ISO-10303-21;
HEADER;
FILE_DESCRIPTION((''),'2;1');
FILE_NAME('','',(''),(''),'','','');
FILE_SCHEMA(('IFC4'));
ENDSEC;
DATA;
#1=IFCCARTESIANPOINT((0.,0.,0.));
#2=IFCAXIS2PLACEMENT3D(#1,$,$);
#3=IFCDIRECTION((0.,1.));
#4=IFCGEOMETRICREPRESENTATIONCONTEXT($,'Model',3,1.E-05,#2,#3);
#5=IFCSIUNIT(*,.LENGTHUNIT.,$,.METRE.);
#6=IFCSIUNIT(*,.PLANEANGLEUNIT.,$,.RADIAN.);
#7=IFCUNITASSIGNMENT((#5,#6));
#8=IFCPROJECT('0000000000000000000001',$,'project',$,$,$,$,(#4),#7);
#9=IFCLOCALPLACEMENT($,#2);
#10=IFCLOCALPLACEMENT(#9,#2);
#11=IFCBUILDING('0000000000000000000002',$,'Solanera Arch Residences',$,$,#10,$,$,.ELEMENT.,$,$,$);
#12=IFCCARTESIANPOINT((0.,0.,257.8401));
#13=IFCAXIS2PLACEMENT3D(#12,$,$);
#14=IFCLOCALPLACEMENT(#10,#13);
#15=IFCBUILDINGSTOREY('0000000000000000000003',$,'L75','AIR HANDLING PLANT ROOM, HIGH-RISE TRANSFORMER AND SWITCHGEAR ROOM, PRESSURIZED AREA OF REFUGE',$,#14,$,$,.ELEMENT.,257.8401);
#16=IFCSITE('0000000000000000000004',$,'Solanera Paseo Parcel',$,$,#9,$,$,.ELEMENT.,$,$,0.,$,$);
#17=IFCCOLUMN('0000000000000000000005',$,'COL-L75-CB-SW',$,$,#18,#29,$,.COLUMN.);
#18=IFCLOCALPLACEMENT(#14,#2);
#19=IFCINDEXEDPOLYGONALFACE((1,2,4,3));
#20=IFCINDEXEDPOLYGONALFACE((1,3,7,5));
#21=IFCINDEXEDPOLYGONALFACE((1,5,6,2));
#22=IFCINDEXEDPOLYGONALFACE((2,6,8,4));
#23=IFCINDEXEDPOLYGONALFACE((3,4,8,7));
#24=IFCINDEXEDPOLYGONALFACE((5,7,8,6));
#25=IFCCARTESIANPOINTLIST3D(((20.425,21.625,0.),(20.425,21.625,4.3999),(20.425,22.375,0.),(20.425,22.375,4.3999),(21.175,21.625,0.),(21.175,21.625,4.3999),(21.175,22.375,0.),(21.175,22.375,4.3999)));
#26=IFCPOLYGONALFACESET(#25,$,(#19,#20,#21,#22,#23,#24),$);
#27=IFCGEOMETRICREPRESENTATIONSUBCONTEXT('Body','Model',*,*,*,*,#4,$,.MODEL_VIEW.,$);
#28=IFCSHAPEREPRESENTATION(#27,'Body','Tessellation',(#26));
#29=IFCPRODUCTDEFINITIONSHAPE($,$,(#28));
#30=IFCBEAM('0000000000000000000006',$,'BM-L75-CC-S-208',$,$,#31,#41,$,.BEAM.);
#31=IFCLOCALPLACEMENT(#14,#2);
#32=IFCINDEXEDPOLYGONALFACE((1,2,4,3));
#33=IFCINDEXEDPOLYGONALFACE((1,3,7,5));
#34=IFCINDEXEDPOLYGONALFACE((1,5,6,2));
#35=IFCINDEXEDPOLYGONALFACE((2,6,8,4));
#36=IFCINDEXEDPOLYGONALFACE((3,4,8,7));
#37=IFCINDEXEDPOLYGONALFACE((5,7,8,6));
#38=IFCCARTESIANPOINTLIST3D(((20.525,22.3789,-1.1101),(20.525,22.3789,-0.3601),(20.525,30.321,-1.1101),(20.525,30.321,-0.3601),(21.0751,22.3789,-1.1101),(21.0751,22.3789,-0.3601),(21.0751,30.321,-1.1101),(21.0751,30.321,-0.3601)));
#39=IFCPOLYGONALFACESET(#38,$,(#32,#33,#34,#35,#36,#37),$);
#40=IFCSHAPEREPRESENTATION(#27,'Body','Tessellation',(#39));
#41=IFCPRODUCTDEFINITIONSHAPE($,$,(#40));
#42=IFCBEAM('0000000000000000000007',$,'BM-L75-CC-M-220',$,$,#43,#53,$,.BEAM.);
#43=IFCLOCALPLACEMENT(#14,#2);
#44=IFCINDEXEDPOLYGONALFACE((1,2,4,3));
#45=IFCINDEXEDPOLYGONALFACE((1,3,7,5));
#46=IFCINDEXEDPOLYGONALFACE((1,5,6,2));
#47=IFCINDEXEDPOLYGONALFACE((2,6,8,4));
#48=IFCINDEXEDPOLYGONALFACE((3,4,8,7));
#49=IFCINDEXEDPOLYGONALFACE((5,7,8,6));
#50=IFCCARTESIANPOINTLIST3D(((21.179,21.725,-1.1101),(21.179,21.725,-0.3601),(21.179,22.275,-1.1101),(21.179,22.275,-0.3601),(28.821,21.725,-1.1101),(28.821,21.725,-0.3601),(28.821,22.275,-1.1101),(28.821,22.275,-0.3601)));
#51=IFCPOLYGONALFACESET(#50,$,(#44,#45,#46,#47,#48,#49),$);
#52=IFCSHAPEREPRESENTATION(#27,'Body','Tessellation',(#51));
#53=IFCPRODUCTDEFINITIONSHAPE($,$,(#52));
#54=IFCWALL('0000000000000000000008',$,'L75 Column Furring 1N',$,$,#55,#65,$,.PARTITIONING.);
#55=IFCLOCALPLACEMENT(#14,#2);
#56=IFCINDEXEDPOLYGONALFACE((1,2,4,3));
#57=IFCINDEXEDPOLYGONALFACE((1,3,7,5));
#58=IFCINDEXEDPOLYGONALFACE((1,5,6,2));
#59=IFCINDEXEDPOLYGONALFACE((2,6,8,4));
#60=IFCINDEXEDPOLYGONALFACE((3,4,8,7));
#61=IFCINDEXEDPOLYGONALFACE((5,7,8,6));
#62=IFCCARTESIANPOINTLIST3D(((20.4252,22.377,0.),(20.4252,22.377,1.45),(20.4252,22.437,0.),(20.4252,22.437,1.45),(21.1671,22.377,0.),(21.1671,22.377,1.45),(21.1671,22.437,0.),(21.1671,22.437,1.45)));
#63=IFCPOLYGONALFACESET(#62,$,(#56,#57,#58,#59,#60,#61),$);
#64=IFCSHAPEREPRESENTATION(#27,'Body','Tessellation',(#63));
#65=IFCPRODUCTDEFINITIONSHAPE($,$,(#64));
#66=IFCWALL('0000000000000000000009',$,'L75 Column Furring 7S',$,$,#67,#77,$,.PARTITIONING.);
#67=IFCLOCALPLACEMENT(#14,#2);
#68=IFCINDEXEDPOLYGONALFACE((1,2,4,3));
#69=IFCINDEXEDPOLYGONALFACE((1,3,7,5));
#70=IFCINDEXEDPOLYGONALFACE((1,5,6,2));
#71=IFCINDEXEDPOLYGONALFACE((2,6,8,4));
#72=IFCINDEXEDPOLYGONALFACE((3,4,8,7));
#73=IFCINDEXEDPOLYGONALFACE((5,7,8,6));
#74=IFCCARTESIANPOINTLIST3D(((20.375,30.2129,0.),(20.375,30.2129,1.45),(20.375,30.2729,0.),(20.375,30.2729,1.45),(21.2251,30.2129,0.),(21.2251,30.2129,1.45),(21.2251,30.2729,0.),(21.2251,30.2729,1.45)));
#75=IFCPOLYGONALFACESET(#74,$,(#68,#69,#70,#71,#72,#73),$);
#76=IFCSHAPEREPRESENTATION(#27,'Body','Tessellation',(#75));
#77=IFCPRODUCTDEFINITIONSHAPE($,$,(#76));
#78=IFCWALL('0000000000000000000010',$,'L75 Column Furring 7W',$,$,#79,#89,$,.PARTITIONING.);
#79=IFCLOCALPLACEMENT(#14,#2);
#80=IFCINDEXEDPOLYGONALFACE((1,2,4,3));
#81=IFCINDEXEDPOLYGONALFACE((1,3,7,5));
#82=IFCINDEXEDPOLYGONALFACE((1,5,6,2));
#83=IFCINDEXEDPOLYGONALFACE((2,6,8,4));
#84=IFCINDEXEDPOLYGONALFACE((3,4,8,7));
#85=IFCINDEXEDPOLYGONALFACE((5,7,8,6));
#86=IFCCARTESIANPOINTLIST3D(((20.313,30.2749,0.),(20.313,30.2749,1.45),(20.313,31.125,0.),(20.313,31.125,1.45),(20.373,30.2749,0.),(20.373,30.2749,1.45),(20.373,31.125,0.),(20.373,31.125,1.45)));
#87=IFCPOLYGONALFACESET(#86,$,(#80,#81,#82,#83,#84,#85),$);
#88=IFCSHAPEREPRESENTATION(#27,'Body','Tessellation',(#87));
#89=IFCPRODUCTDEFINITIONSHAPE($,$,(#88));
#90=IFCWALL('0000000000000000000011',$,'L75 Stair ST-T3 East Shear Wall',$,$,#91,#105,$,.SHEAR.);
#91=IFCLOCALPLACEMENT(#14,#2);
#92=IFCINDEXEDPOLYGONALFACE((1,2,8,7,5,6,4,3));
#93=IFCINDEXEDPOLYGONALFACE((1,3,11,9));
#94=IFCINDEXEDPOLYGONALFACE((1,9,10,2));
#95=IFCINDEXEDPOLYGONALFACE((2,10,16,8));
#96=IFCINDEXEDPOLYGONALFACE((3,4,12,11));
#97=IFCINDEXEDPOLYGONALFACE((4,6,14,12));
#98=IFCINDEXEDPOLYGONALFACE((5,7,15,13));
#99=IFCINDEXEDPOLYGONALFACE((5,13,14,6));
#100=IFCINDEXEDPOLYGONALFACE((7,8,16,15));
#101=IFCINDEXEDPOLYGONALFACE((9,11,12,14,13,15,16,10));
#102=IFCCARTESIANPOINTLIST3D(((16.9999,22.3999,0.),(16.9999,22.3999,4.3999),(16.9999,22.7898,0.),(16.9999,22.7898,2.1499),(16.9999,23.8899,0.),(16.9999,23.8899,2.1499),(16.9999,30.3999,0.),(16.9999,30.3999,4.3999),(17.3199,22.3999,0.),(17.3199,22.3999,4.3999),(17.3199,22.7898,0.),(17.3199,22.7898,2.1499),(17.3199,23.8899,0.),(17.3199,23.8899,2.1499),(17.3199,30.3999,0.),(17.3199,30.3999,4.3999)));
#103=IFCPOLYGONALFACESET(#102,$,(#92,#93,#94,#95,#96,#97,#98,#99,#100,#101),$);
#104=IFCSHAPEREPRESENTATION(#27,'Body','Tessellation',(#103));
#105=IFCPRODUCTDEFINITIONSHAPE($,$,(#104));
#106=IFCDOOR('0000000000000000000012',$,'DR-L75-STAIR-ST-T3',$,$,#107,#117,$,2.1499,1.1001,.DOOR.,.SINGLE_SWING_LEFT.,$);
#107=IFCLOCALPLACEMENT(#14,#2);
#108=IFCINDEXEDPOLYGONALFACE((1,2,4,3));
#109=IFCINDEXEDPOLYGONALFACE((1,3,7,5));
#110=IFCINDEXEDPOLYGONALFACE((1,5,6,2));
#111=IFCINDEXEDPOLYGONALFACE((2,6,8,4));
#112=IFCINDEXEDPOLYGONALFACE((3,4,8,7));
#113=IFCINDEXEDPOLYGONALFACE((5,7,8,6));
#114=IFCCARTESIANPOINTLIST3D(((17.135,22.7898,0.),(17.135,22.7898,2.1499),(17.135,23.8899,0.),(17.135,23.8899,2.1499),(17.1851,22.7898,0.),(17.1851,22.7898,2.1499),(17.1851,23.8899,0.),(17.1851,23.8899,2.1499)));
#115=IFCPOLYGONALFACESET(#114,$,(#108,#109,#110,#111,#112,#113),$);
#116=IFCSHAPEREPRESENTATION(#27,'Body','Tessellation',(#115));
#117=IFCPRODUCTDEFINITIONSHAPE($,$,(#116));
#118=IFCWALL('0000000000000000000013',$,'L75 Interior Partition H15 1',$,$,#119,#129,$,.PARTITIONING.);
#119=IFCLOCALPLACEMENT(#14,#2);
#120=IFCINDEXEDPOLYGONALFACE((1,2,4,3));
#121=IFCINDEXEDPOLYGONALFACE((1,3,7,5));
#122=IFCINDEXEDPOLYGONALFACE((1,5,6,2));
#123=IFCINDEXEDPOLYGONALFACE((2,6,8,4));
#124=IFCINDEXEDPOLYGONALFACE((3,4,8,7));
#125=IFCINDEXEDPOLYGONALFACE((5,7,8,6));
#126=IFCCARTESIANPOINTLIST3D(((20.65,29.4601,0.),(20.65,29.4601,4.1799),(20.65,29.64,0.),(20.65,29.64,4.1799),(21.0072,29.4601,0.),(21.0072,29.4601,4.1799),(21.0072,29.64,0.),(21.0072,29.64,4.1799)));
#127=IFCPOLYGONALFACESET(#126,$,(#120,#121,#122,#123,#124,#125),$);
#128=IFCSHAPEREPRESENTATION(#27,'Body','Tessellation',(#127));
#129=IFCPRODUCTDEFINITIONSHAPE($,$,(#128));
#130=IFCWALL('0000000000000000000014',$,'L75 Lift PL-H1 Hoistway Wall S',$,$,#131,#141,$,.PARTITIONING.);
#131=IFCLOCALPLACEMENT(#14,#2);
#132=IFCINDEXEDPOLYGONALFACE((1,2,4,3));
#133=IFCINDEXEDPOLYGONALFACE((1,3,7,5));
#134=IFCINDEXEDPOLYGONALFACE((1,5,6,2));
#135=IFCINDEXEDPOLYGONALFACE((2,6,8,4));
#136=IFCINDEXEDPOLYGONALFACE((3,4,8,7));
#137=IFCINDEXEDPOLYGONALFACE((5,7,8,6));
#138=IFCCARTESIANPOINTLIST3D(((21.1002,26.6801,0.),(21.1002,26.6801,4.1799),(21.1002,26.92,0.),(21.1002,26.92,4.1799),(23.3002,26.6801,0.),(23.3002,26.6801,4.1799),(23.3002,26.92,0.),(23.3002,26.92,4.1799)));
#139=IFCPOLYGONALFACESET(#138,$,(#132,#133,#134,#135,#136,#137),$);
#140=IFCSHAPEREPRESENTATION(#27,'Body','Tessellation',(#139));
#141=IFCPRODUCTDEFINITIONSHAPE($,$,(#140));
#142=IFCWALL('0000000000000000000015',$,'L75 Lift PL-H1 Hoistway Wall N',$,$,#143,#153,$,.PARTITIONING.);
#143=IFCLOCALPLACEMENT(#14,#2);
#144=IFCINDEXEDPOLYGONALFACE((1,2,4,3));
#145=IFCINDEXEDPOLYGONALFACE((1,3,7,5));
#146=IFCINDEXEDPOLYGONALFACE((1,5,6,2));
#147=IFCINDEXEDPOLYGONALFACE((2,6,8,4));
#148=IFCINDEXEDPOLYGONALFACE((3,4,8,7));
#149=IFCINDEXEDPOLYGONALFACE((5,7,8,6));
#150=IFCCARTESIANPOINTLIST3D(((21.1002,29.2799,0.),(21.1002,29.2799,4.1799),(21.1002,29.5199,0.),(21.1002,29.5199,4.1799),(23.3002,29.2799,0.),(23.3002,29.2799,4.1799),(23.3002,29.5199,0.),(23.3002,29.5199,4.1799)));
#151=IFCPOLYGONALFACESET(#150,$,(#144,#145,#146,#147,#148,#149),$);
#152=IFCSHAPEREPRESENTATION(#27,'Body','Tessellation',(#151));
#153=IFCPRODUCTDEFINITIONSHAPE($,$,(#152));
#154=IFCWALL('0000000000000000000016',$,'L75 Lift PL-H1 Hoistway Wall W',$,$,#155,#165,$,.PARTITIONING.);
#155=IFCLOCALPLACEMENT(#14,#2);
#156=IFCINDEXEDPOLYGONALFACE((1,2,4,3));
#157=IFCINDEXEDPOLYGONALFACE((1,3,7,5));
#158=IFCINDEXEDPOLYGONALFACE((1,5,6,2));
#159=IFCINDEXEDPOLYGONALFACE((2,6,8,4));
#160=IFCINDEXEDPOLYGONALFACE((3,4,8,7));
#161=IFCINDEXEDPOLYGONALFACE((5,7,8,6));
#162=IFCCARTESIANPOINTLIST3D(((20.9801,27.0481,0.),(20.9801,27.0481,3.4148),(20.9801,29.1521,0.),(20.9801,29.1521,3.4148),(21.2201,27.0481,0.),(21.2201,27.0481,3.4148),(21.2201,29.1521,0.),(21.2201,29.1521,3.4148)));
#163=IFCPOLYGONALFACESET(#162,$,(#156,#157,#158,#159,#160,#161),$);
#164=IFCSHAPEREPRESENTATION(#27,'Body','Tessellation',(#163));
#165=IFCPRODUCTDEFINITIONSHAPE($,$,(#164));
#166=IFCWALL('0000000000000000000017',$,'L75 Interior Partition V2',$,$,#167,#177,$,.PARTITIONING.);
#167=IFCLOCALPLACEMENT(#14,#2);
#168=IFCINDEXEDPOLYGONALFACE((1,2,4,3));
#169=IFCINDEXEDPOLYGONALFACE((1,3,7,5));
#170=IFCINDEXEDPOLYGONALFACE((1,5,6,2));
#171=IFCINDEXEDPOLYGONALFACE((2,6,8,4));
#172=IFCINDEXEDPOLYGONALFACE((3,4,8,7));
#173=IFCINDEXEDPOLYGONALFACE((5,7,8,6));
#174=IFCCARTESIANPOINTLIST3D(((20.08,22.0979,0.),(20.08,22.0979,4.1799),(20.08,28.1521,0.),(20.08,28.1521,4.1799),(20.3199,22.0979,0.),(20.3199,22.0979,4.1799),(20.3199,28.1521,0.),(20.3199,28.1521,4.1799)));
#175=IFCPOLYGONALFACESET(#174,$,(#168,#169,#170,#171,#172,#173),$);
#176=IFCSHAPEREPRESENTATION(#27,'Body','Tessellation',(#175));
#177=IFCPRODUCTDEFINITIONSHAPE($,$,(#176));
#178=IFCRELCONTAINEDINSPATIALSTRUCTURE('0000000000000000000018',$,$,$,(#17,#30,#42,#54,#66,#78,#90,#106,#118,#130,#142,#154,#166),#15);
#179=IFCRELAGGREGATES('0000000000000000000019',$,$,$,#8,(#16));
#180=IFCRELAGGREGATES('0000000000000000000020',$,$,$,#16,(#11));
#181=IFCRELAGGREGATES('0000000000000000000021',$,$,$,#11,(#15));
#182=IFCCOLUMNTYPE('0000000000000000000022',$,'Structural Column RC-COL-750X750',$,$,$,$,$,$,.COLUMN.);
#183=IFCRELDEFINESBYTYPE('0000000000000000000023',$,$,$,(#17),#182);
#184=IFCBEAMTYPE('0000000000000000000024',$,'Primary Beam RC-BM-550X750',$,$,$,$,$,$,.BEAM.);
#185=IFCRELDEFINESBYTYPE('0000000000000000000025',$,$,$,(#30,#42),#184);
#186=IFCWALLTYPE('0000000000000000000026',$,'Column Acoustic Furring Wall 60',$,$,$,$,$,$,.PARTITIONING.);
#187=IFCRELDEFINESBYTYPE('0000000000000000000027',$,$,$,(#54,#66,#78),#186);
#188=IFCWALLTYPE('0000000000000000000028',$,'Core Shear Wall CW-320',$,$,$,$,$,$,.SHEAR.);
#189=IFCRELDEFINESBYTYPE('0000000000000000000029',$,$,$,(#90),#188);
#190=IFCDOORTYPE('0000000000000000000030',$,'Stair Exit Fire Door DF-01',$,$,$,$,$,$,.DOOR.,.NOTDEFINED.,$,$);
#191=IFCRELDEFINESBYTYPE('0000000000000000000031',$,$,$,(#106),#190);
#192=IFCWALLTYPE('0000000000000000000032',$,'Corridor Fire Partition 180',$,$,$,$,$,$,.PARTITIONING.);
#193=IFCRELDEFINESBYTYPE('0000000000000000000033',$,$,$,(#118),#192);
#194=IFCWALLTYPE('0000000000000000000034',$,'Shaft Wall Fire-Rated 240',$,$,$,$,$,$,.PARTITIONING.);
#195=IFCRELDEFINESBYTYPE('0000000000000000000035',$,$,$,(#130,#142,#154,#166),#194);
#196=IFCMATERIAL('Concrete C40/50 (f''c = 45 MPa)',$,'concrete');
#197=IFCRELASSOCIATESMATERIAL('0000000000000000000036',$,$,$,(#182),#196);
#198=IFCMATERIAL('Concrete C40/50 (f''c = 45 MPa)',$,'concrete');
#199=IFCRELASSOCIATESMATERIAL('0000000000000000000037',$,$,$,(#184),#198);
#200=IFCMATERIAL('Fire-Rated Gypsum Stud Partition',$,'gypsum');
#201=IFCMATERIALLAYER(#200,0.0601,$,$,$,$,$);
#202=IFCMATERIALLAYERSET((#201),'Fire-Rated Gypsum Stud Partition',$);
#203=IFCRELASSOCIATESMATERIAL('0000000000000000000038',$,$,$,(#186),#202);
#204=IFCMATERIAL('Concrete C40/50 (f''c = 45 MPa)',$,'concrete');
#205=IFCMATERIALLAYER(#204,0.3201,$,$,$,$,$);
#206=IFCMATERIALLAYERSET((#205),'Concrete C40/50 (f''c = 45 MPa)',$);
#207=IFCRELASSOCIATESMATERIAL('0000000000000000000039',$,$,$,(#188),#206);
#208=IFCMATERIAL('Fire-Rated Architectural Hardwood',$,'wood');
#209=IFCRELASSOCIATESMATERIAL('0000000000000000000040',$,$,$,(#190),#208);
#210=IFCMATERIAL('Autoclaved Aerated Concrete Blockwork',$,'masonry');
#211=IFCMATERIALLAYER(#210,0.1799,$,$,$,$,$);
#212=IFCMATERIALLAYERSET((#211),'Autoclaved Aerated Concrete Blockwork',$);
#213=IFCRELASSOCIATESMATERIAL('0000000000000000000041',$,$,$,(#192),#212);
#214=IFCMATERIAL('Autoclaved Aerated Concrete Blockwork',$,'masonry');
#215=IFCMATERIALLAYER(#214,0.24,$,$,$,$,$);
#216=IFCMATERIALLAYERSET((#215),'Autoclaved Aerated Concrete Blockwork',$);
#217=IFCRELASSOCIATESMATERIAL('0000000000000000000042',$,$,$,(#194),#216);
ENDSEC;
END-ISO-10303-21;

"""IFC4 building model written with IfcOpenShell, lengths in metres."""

from ifc_helpers import new_model, si_unit, direction, frame, frame_2d, origin, origin_2d, place, context, subcontext, project, spatial, rectangle, extrude, material, layer, layer_set, material_profile, profile_set, type_object, element, fill, save


model = new_model("IFC4")

# Units and contexts
model_context = context("Model", 3, precision=1e-05, world=origin(), true_north=direction((0.0, 1.0)))
body_context = subcontext(model_context, "Body", "Model", "MODEL_VIEW")
ifc_project = project(units=[si_unit("LENGTHUNIT", "METRE"), si_unit("PLANEANGLEUNIT", "RADIAN")], contexts=[model_context])

# Site, building, storey
site_placement = place(None, origin())
site = spatial("IfcSite", under=ifc_project, at=site_placement, Name="Solanera Paseo Parcel", CompositionType="ELEMENT", RefElevation=0.0)
building_placement = place(site_placement, origin())
building = spatial("IfcBuilding", under=site, at=building_placement, Name="Solanera Arch Residences", CompositionType="ELEMENT")
storey_placement = place(building_placement, frame((0.0, 0.0, 257.8401)))
storey = spatial("IfcBuildingStorey", under=building, at=storey_placement, Name="L75", Description="AIR HANDLING PLANT ROOM, HIGH-RISE TRANSFORMER AND SWITCHGEAR ROOM, PRESSURIZED AREA OF REFUGE", CompositionType="ELEMENT", Elevation=257.8401)

# Column
ifc_material_1 = material(Name="Concrete C40/50 (f'c = 45 MPa)", Category="concrete")
ifc_material_profile_1 = material_profile(ifc_material_1, rectangle(XDim=0.75, YDim=0.75, at=origin_2d()))
ifc_profile_set_1 = profile_set([ifc_material_profile_1], Name="Concrete C40/50 (f'c = 45 MPa)")
column_type = type_object("IfcColumnType", Name="Structural Column RC-COL-750X750", PredefinedType="COLUMN", material=ifc_profile_set_1)
column_placement = place(storey_placement, frame((20.8, 22.0, 0.0), z_axis=(0.0, 0.0, 1.0), x_axis=(1.0, 0.0, 0.0)))
element("IfcColumn", 1, at=column_placement, inside=storey, type_object=column_type, Name="COL-L75-CB-SW", PredefinedType="COLUMN", context=body_context, shape_type="SweptSolid", body=[
    extrude(rectangle(XDim=0.75, YDim=0.75, at=origin_2d()), origin(), (0.0, 0.0, 1.0), 4.3999),
])

# Beams
ifc_material_2 = material(Name="Concrete C40/50 (f'c = 45 MPa)", Category="concrete")
ifc_material_profile_2 = material_profile(ifc_material_2, rectangle(XDim=0.55, YDim=0.75, at=origin_2d()))
ifc_profile_set_2 = profile_set([ifc_material_profile_2], Name="Concrete C40/50 (f'c = 45 MPa)")
beam_type = type_object("IfcBeamType", Name="Primary Beam RC-BM-550X750", PredefinedType="BEAM", material=ifc_profile_set_2)
beam_1_placement = place(storey_placement, frame((20.8, 22.3789, -0.7351), z_axis=(0.0, 1.0, 0.0), x_axis=(-1.0, 0.0, 0.0)))
element("IfcBeam", 2, at=beam_1_placement, inside=storey, type_object=beam_type, Name="BM-L75-CC-S-208", PredefinedType="BEAM", context=body_context, shape_type="SweptSolid", body=[
    extrude(rectangle(XDim=0.55, YDim=0.75, at=origin_2d()), origin(), (0.0, 0.0, 1.0), 7.9421),
])
beam_2_placement = place(storey_placement, frame((21.179, 22.0, -0.7351), z_axis=(1.0, 0.0, 0.0), x_axis=(0.0, 1.0, 0.0)))
element("IfcBeam", 3, at=beam_2_placement, inside=storey, type_object=beam_type, Name="BM-L75-CC-M-220", PredefinedType="BEAM", context=body_context, shape_type="SweptSolid", body=[
    extrude(rectangle(XDim=0.55, YDim=0.75, at=origin_2d()), origin(), (0.0, 0.0, 1.0), 7.6421),
])

# Walls
ifc_material_3 = material(Name="Fire-Rated Gypsum Stud Partition", Category="gypsum")
ifc_layer_1 = layer(ifc_material_3, 0.0601)
ifc_layer_set_1 = layer_set([ifc_layer_1], Name="Fire-Rated Gypsum Stud Partition")
wall_type_1 = type_object("IfcWallType", Name="Column Acoustic Furring Wall 60", PredefinedType="PARTITIONING", material=ifc_layer_set_1)
wall_1_placement = place(storey_placement, frame((20.425, 22.407, 0.0), z_axis=(0.0, 0.0, 1.0), x_axis=(1.0, 0.0, 0.0)))
element("IfcWall", 4, at=wall_1_placement, inside=storey, type_object=wall_type_1, Name="L75 Column Furring 1N", PredefinedType="PARTITIONING", context=body_context, shape_type="SweptSolid", body=[
    extrude(rectangle(XDim=0.7419, YDim=0.0601, at=frame_2d((0.3711, 0.0))), origin(), (0.0, 0.0, 1.0), 1.45),
])
for number, where, z_axis, x_axis, name in (
    (5, (20.375, 30.2429, 0.0), (0.0, 0.0, 1.0), (1.0, 0.0, 0.0), "L75 Column Furring 7S"),
    (6, (20.343, 30.2749, 0.0), (0.0, 0.0, 1.0), (0.0, 1.0, 0.0), "L75 Column Furring 7W"),
):
    element("IfcWall", number, at=place(storey_placement, frame(where, z_axis=z_axis, x_axis=x_axis)), inside=storey, type_object=wall_type_1, Name=name, PredefinedType="PARTITIONING", context=body_context, shape_type="SweptSolid", body=[
        extrude(rectangle(XDim=0.8501, YDim=0.0601, at=frame_2d((0.425, 0.0))), origin(), (0.0, 0.0, 1.0), 1.45),
    ])

# Wall, opening, door
ifc_material_4 = material(Name="Concrete C40/50 (f'c = 45 MPa)", Category="concrete")
ifc_layer_2 = layer(ifc_material_4, 0.3201)
ifc_layer_set_2 = layer_set([ifc_layer_2], Name="Concrete C40/50 (f'c = 45 MPa)")
wall_type_2 = type_object("IfcWallType", Name="Core Shear Wall CW-320", PredefinedType="SHEAR", material=ifc_layer_set_2)
wall_2_placement = place(storey_placement, frame((17.1599, 22.3999, 0.0), z_axis=(0.0, 0.0, 1.0), x_axis=(0.0, 1.0, 0.0)))
wall_2 = element("IfcWall", 7, at=wall_2_placement, inside=storey, type_object=wall_type_2, Name="L75 Stair ST-T3 East Shear Wall", PredefinedType="SHEAR", context=body_context, shape_type="SweptSolid", body=[
    extrude(rectangle(XDim=8.0, YDim=0.3201, at=frame_2d((4.0, 0.0))), origin(), (0.0, 0.0, 1.0), 4.3999),
])
opening_1_placement = place(wall_2_placement, frame((0.3899, 0.0, 0.0)))
opening_1 = element("IfcOpeningElement", 8, at=opening_1_placement, cuts=wall_2, PredefinedType="OPENING", context=body_context, shape_type="SweptSolid", body=[
    extrude(rectangle(XDim=1.1001, YDim=2.1499, at=frame_2d((0.55, 1.075))), frame((0.0, 0.1699, 0.0), z_axis=(0.0, -1.0, 0.0), x_axis=(1.0, 0.0, 0.0)), (0.0, 0.0, 1.0), 0.3401),
])
ifc_material_5 = material(Name="Fire-Rated Architectural Hardwood", Category="wood")
door_type_1 = type_object("IfcDoorType", Name="Stair Exit Fire Door DF-01", OperationType="NOTDEFINED", PredefinedType="DOOR", material=ifc_material_5)
door_1_placement = place(opening_1_placement, origin())
door_1 = element("IfcDoor", 9, at=door_1_placement, inside=storey, type_object=door_type_1, Name="DR-L75-STAIR-ST-T3", OperationType="SINGLE_SWING_LEFT", OverallHeight=2.1499, OverallWidth=1.1001, PredefinedType="DOOR", context=body_context, shape_type="SweptSolid", body=[
    extrude(rectangle(XDim=1.1001, YDim=2.1499, at=frame_2d((0.55, 1.075))), frame((0.0, 0.0249, 0.0), z_axis=(0.0, -1.0, 0.0), x_axis=(1.0, 0.0, 0.0)), (0.0, 0.0, 1.0), 0.05),
])
fill(opening_1, door_1)

# Walls
ifc_material_6 = material(Name="Autoclaved Aerated Concrete Blockwork", Category="masonry")
ifc_layer_3 = layer(ifc_material_6, 0.1799)
ifc_layer_set_3 = layer_set([ifc_layer_3], Name="Autoclaved Aerated Concrete Blockwork")
wall_type_3 = type_object("IfcWallType", Name="Corridor Fire Partition 180", PredefinedType="PARTITIONING", material=ifc_layer_set_3)
wall_3_placement = place(storey_placement, frame((20.6499, 29.55, 0.0), z_axis=(0.0, 0.0, 1.0), x_axis=(1.0, 0.0, 0.0)))
element("IfcWall", 10, at=wall_3_placement, inside=storey, type_object=wall_type_3, Name="L75 Interior Partition H15 1", PredefinedType="PARTITIONING", context=body_context, shape_type="SweptSolid", body=[
    extrude(rectangle(XDim=0.3572, YDim=0.1799, at=frame_2d((0.1787, 0.0))), origin(), (0.0, 0.0, 1.0), 4.1799),
])
ifc_material_7 = material(Name="Autoclaved Aerated Concrete Blockwork", Category="masonry")
ifc_layer_4 = layer(ifc_material_7, 0.24)
ifc_layer_set_4 = layer_set([ifc_layer_4], Name="Autoclaved Aerated Concrete Blockwork")
wall_type_4 = type_object("IfcWallType", Name="Shaft Wall Fire-Rated 240", PredefinedType="PARTITIONING", material=ifc_layer_set_4)
for number, where, z_axis, x_axis, name in (
    (11, (21.1001, 26.8, 0.0), (0.0, 0.0, 1.0), (1.0, 0.0, 0.0), "L75 Lift PL-H1 Hoistway Wall S"),
    (12, (21.1001, 29.3999, 0.0), (0.0, 0.0, 1.0), (1.0, 0.0, 0.0), "L75 Lift PL-H1 Hoistway Wall N"),
):
    element("IfcWall", number, at=place(storey_placement, frame(where, z_axis=z_axis, x_axis=x_axis)), inside=storey, type_object=wall_type_4, Name=name, PredefinedType="PARTITIONING", context=body_context, shape_type="SweptSolid", body=[
        extrude(rectangle(XDim=2.2, YDim=0.24, at=frame_2d((1.1001, 0.0))), origin(), (0.0, 0.0, 1.0), 4.1799),
    ])
wall_4_placement = place(storey_placement, frame((21.1001, 27.0481, 0.0), z_axis=(0.0, 0.0, 1.0), x_axis=(0.0, 1.0, 0.0)))
element("IfcWall", 13, at=wall_4_placement, inside=storey, type_object=wall_type_4, Name="L75 Lift PL-H1 Hoistway Wall W", PredefinedType="PARTITIONING", context=body_context, shape_type="SweptSolid", body=[
    extrude(rectangle(XDim=2.104, YDim=0.24, at=frame_2d((1.052, 0.0))), origin(), (0.0, 0.0, 1.0), 3.4148),
])

# Wall
wall_5_placement = place(storey_placement, frame((20.2, 22.0979, 0.0), z_axis=(0.0, 0.0, 1.0), x_axis=(0.0, 1.0, 0.0)))
element("IfcWall", 14, at=wall_5_placement, inside=storey, type_object=wall_type_4, Name="L75 Interior Partition V2", PredefinedType="PARTITIONING", context=body_context, shape_type="SweptSolid", body=[
    extrude(rectangle(XDim=6.0542, YDim=0.24, at=frame_2d((3.0271, 0.0))), origin(), (0.0, 0.0, 1.0), 4.1799),
])

save(model, "model.ifc")
